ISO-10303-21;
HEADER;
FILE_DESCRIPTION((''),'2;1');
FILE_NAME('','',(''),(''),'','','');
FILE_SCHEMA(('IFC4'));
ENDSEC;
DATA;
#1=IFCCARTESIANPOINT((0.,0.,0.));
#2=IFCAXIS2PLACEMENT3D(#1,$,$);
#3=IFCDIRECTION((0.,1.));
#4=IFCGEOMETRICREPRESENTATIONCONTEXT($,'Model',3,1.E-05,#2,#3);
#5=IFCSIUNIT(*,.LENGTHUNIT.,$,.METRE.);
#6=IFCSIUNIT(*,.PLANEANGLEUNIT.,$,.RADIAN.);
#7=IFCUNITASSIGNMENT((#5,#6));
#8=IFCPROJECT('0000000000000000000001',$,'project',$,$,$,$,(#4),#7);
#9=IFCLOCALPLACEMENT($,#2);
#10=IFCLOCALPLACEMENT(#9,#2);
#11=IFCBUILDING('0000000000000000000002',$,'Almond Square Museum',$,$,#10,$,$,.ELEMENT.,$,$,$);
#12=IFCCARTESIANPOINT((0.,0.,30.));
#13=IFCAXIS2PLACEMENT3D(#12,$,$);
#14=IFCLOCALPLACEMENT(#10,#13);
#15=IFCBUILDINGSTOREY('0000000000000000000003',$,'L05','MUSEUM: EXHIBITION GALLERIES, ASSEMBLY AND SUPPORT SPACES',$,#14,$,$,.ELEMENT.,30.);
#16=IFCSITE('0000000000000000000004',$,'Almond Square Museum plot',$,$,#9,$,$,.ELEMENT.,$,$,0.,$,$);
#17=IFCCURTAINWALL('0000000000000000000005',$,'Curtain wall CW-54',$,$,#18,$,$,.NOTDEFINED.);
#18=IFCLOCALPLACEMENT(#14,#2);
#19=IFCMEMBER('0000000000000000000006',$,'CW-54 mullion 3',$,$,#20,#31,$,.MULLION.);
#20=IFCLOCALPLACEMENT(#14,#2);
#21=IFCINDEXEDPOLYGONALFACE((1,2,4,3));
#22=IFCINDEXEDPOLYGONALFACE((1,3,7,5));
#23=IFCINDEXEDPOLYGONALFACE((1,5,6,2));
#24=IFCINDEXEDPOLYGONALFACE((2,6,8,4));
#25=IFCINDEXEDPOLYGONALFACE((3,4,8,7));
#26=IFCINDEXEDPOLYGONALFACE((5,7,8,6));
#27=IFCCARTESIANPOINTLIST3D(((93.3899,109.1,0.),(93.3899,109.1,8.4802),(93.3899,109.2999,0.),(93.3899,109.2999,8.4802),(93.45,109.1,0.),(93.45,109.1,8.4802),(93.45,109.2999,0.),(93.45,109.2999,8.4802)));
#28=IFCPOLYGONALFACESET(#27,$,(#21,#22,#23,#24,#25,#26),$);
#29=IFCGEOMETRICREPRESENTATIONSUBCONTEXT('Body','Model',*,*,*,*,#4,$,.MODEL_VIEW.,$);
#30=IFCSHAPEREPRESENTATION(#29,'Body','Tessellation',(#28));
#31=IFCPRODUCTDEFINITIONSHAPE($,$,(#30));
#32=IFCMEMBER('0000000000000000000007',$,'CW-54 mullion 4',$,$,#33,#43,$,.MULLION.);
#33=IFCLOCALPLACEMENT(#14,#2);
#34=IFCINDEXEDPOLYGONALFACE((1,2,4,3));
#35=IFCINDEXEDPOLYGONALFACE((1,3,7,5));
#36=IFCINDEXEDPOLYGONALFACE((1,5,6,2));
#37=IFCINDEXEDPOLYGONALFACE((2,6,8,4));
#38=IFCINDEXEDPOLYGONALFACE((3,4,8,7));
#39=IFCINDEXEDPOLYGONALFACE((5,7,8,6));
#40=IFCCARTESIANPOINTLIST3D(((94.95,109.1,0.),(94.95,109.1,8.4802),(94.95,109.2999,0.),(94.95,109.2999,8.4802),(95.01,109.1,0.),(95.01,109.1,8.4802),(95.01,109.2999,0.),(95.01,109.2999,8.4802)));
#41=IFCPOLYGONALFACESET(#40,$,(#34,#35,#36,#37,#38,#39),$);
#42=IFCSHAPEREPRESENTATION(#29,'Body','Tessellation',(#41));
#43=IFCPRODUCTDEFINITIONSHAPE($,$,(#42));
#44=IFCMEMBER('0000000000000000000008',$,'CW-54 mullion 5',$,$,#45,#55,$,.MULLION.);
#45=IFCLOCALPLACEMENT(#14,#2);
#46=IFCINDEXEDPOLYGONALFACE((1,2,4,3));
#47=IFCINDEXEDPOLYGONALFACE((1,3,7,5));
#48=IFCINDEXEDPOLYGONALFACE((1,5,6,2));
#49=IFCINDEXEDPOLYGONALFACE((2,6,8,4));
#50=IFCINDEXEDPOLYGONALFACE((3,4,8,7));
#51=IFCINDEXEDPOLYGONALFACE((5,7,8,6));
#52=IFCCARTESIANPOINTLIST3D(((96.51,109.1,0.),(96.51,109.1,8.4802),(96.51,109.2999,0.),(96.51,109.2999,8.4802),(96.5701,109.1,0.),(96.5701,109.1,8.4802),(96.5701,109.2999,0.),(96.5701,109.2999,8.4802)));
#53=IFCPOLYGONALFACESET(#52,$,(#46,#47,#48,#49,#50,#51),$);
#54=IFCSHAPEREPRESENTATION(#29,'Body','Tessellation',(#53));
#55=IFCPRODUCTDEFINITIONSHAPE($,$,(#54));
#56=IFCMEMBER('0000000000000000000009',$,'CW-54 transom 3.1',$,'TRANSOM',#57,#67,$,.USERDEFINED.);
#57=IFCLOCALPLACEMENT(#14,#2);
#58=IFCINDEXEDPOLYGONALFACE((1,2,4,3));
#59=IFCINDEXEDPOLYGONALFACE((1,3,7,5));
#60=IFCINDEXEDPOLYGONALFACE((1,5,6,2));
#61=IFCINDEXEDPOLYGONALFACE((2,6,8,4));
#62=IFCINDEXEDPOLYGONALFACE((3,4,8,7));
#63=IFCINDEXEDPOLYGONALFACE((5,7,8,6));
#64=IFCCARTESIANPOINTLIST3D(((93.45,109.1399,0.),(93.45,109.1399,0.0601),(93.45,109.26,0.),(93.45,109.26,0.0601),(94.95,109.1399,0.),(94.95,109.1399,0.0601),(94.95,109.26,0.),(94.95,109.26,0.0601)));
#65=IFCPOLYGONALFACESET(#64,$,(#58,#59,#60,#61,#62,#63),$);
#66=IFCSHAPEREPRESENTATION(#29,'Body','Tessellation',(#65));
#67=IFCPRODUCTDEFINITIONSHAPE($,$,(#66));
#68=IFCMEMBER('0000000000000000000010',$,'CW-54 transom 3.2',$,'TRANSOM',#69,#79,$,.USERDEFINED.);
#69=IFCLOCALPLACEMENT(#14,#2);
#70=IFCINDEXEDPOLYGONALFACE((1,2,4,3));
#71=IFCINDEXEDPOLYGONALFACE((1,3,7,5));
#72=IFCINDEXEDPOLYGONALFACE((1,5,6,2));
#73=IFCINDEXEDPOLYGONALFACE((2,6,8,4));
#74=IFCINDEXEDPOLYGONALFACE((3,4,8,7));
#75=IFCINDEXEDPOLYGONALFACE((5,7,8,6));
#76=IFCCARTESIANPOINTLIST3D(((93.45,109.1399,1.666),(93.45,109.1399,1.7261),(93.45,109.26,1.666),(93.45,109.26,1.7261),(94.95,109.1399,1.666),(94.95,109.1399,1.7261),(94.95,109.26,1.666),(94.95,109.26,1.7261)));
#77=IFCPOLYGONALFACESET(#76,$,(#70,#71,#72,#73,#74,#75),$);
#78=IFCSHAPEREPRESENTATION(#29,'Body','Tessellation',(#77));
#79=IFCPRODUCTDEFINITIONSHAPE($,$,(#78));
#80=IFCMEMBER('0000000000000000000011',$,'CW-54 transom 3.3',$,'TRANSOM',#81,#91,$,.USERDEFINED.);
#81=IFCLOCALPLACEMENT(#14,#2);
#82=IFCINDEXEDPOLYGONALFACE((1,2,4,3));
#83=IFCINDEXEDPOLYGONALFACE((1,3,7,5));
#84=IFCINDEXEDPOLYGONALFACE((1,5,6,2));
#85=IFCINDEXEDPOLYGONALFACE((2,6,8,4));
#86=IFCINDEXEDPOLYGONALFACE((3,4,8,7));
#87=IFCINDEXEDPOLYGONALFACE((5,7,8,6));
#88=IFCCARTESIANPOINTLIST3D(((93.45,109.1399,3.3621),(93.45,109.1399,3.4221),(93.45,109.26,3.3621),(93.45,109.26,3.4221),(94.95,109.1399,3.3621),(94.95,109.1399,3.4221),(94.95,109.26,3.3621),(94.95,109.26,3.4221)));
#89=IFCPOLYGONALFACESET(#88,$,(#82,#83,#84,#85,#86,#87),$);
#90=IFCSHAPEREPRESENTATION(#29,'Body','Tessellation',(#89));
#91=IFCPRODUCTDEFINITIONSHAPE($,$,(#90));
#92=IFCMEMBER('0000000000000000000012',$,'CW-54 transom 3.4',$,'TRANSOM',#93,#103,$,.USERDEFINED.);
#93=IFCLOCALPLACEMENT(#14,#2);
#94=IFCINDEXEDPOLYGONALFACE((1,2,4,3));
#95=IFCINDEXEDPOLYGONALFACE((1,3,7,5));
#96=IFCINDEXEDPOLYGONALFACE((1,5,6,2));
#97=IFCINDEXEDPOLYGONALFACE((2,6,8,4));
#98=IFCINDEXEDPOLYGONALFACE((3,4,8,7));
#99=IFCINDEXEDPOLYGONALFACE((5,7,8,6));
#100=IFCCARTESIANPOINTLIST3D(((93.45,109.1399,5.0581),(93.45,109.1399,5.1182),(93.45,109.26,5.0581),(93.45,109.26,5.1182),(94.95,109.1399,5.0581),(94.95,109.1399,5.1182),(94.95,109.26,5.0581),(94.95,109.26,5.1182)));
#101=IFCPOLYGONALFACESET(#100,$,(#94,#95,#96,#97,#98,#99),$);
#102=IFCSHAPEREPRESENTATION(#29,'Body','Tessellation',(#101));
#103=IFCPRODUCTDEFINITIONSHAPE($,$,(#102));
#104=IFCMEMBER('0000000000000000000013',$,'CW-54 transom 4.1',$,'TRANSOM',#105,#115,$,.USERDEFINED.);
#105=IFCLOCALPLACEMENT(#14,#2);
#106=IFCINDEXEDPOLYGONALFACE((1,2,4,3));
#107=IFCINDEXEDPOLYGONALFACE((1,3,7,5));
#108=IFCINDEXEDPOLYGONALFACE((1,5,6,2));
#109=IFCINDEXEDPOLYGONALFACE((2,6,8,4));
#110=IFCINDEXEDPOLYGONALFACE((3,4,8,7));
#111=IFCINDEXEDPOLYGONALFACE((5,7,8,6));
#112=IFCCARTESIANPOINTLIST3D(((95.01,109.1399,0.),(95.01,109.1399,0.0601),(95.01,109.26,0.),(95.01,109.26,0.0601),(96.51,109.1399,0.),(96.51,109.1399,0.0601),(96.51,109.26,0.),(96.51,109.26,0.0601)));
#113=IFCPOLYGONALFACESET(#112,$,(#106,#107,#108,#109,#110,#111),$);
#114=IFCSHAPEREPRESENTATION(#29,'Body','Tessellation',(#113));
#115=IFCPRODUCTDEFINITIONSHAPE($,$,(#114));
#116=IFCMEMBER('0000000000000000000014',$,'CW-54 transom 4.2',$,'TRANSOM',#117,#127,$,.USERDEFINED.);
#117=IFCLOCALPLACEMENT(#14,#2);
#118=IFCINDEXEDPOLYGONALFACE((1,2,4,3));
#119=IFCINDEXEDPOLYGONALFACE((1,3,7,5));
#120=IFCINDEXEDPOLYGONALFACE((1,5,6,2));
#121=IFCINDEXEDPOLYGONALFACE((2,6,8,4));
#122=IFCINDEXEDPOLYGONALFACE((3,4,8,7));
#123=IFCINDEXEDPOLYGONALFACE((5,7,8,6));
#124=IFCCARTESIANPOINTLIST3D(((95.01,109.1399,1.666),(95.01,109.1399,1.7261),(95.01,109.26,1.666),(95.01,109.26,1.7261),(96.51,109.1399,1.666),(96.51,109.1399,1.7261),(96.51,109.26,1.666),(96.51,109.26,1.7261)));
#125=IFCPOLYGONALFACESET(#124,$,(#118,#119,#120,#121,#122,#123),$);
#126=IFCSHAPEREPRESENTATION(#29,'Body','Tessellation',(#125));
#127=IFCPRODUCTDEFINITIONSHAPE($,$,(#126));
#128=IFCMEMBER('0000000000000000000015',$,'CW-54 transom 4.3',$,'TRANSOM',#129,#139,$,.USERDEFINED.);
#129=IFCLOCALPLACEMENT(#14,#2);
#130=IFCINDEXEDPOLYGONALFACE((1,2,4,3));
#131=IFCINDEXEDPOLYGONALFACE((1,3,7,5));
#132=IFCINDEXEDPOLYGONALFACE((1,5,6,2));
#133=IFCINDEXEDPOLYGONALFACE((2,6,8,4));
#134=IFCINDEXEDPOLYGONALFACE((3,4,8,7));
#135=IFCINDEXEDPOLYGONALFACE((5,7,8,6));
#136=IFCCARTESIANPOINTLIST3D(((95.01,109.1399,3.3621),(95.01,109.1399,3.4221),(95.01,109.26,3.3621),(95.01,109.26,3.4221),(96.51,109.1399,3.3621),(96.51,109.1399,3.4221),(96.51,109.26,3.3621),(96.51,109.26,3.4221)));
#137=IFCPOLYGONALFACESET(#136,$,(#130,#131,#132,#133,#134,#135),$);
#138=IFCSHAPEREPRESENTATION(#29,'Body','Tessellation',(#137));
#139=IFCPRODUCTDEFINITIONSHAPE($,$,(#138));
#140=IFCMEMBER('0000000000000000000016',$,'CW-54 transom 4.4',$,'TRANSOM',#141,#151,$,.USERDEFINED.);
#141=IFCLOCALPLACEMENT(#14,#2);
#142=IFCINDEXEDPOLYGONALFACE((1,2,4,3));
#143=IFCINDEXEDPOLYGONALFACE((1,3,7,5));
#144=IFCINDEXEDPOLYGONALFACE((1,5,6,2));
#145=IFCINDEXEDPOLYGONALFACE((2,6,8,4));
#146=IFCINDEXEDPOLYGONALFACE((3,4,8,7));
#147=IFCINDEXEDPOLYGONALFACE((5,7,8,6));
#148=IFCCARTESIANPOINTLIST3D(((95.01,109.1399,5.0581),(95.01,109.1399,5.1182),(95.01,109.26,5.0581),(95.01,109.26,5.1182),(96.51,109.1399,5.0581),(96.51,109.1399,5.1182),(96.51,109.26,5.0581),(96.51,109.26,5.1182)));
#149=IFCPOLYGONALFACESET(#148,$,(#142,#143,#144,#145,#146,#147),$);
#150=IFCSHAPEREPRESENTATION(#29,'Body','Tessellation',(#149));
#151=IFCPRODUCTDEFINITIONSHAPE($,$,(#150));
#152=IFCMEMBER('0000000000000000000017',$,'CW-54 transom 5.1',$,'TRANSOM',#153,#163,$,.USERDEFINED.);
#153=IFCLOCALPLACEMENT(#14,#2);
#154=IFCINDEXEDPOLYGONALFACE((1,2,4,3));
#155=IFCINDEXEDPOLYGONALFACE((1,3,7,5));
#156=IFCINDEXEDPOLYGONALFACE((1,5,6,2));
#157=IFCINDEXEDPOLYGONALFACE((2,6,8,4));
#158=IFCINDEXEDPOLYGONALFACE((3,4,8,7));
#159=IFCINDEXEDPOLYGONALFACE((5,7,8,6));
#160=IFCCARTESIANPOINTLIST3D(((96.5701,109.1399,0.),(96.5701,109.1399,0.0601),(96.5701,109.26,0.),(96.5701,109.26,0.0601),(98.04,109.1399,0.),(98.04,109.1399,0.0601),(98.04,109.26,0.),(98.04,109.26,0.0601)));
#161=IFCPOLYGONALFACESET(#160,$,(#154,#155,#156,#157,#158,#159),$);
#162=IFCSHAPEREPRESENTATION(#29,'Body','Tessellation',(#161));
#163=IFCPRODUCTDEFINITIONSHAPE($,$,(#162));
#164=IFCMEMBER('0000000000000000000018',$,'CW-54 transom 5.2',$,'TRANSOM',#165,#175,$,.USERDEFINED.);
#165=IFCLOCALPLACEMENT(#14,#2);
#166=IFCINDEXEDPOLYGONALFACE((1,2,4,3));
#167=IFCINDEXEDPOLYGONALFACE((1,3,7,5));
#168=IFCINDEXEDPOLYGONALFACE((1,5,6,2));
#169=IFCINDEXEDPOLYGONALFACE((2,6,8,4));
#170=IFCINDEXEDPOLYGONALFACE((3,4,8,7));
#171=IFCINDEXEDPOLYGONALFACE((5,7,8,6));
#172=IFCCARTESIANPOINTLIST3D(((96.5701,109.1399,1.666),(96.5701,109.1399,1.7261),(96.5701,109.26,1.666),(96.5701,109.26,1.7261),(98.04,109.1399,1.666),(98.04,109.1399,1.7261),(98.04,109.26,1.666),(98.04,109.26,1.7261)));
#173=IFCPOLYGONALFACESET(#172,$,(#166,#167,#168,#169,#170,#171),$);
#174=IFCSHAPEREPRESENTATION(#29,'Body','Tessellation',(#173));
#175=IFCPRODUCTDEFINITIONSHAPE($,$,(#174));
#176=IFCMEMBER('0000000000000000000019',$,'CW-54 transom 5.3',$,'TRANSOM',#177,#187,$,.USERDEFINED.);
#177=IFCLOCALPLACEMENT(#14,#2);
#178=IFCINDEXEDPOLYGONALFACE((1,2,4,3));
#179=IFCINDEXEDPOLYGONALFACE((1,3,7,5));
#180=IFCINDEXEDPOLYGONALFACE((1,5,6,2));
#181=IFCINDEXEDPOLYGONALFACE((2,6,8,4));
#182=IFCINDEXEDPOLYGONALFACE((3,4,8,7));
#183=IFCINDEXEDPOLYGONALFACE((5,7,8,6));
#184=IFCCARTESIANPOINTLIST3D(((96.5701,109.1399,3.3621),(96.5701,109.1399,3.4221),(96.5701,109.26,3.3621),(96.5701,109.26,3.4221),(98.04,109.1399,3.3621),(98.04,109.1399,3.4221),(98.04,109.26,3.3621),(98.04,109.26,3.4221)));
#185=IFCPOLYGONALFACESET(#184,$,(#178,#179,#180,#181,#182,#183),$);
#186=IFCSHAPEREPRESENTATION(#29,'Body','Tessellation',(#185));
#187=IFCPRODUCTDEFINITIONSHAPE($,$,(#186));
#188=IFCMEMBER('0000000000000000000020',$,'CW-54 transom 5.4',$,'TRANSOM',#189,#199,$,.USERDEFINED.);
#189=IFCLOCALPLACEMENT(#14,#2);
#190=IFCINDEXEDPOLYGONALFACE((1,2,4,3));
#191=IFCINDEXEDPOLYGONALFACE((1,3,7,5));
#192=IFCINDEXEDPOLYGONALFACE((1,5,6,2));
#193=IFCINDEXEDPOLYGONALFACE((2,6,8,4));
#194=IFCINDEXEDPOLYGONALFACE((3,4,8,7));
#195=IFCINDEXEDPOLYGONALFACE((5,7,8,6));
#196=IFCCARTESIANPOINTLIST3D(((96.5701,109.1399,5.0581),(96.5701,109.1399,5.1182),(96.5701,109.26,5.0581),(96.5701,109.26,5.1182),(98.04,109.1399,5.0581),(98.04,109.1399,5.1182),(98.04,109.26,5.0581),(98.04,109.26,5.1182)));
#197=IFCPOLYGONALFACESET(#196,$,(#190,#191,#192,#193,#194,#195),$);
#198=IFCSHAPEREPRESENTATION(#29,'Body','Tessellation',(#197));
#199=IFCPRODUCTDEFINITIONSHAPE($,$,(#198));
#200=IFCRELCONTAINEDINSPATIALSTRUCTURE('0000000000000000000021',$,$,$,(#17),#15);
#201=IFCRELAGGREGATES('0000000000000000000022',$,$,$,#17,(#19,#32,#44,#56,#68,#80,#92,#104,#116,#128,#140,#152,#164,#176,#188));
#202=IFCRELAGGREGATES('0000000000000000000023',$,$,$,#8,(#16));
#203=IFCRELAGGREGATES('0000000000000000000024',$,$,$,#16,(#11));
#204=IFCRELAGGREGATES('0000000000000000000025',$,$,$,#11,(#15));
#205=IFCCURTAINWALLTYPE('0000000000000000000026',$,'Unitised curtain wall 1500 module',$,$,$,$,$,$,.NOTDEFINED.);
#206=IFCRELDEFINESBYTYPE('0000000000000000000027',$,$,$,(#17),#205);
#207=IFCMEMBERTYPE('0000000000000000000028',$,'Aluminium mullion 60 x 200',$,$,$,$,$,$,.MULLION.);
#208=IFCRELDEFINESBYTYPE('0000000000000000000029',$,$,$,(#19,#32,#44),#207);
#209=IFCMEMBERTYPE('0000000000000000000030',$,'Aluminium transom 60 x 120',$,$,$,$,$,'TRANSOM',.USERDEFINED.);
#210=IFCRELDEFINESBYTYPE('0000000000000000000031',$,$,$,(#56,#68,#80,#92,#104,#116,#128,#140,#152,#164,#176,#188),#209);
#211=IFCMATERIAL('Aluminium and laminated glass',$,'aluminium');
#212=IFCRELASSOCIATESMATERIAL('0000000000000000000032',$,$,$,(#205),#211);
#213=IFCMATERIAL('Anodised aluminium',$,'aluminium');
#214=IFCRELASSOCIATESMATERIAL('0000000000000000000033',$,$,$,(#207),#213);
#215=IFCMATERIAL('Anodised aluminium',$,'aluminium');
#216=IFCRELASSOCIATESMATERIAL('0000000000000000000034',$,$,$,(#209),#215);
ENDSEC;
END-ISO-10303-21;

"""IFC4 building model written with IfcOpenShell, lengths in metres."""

from ifc_helpers import new_model, si_unit, direction, frame, origin, origin_2d, place, context, subcontext, project, spatial, rectangle, extrude, material, material_profile, profile_set, type_object, element, aggregate, save


model = new_model("IFC4")

# Units and contexts
model_context = context("Model", 3, precision=1e-05, world=origin(), true_north=direction((0.0, 1.0)))
body_context = subcontext(model_context, "Body", "Model", "MODEL_VIEW")
ifc_project = project(units=[si_unit("LENGTHUNIT", "METRE"), si_unit("PLANEANGLEUNIT", "RADIAN")], contexts=[model_context])

# Site, building, storey
site_placement = place(None, origin())
site = spatial("IfcSite", under=ifc_project, at=site_placement, Name="Almond Square Museum plot", CompositionType="ELEMENT", RefElevation=0.0)
building_placement = place(site_placement, origin())
building = spatial("IfcBuilding", under=site, at=building_placement, Name="Almond Square Museum", CompositionType="ELEMENT")
storey_placement = place(building_placement, frame((0.0, 0.0, 30.0)))
storey = spatial("IfcBuildingStorey", under=building, at=storey_placement, Name="L05", Description="MUSEUM: EXHIBITION GALLERIES, ASSEMBLY AND SUPPORT SPACES", CompositionType="ELEMENT", Elevation=30.0)

# Curtain wall, members
ifc_material_1 = material(Name="Aluminium and laminated glass", Category="aluminium")
curtain_wall_type = type_object("IfcCurtainWallType", Name="Unitised curtain wall 1500 module", PredefinedType="NOTDEFINED", material=ifc_material_1)
curtain_wall_placement = place(storey_placement, origin())
curtain_wall = element("IfcCurtainWall", 1, at=curtain_wall_placement, inside=storey, type_object=curtain_wall_type, Name="Curtain wall CW-54", PredefinedType="NOTDEFINED")
ifc_material_2 = material(Name="Anodised aluminium", Category="aluminium")
ifc_material_profile_1 = material_profile(ifc_material_2, rectangle(XDim=0.2, YDim=0.0601, at=origin_2d()))
ifc_profile_set_1 = profile_set([ifc_material_profile_1], Name="Anodised aluminium")
member_type_1 = type_object("IfcMemberType", Name="Aluminium mullion 60 x 200", PredefinedType="MULLION", material=ifc_profile_set_1)
member_1_placement = place(storey_placement, frame((93.4199, 109.2, 0.0), z_axis=(0.0, 0.0, 1.0), x_axis=(0.0, 1.0, 0.0)))
member_1 = element("IfcMember", 2, at=member_1_placement, type_object=member_type_1, Name="CW-54 mullion 3", PredefinedType="MULLION", context=body_context, shape_type="SweptSolid", body=[
    extrude(rectangle(XDim=0.2, YDim=0.0601, at=origin_2d()), origin(), (0.0, 0.0, 1.0), 8.4802),
])
member_2_placement = place(storey_placement, frame((94.98, 109.2, 0.0), z_axis=(0.0, 0.0, 1.0), x_axis=(0.0, 1.0, 0.0)))
member_2 = element("IfcMember", 3, at=member_2_placement, type_object=member_type_1, Name="CW-54 mullion 4", PredefinedType="MULLION", context=body_context, shape_type="SweptSolid", body=[
    extrude(rectangle(XDim=0.2, YDim=0.0601, at=origin_2d()), origin(), (0.0, 0.0, 1.0), 8.4802),
])
member_3_placement = place(storey_placement, frame((96.54, 109.2, 0.0), z_axis=(0.0, 0.0, 1.0), x_axis=(0.0, 1.0, 0.0)))
member_3 = element("IfcMember", 4, at=member_3_placement, type_object=member_type_1, Name="CW-54 mullion 5", PredefinedType="MULLION", context=body_context, shape_type="SweptSolid", body=[
    extrude(rectangle(XDim=0.2, YDim=0.0601, at=origin_2d()), origin(), (0.0, 0.0, 1.0), 8.4802),
])
ifc_material_3 = material(Name="Anodised aluminium", Category="aluminium")
ifc_material_profile_2 = material_profile(ifc_material_3, rectangle(XDim=0.1201, YDim=0.0601, at=origin_2d()))
ifc_profile_set_2 = profile_set([ifc_material_profile_2], Name="Anodised aluminium")
member_type_2 = type_object("IfcMemberType", Name="Aluminium transom 60 x 120", ElementType="TRANSOM", PredefinedType="USERDEFINED", material=ifc_profile_set_2)
member_4_placement = place(storey_placement, frame((93.45, 109.2, 0.03), z_axis=(1.0, 0.0, 0.0), x_axis=(0.0, 1.0, 0.0)))
member_4 = element("IfcMember", 5, at=member_4_placement, type_object=member_type_2, Name="CW-54 transom 3.1", ObjectType="TRANSOM", PredefinedType="USERDEFINED", context=body_context, shape_type="SweptSolid", body=[
    extrude(rectangle(XDim=0.1201, YDim=0.0601, at=origin_2d()), origin(), (0.0, 0.0, 1.0), 1.5),
])
member_5_placement = place(storey_placement, frame((93.45, 109.2, 1.696), z_axis=(1.0, 0.0, 0.0), x_axis=(0.0, 1.0, 0.0)))
member_5 = element("IfcMember", 6, at=member_5_placement, type_object=member_type_2, Name="CW-54 transom 3.2", ObjectType="TRANSOM", PredefinedType="USERDEFINED", context=body_context, shape_type="SweptSolid", body=[
    extrude(rectangle(XDim=0.1201, YDim=0.0601, at=origin_2d()), origin(), (0.0, 0.0, 1.0), 1.5),
])
member_6_placement = place(storey_placement, frame((93.45, 109.2, 3.3921), z_axis=(1.0, 0.0, 0.0), x_axis=(0.0, 1.0, 0.0)))
member_6 = element("IfcMember", 7, at=member_6_placement, type_object=member_type_2, Name="CW-54 transom 3.3", ObjectType="TRANSOM", PredefinedType="USERDEFINED", context=body_context, shape_type="SweptSolid", body=[
    extrude(rectangle(XDim=0.1201, YDim=0.0601, at=origin_2d()), origin(), (0.0, 0.0, 1.0), 1.5),
])
member_7_placement = place(storey_placement, frame((93.45, 109.2, 5.0881), z_axis=(1.0, 0.0, 0.0), x_axis=(0.0, 1.0, 0.0)))
member_7 = element("IfcMember", 8, at=member_7_placement, type_object=member_type_2, Name="CW-54 transom 3.4", ObjectType="TRANSOM", PredefinedType="USERDEFINED", context=body_context, shape_type="SweptSolid", body=[
    extrude(rectangle(XDim=0.1201, YDim=0.0601, at=origin_2d()), origin(), (0.0, 0.0, 1.0), 1.5),
])
member_8_placement = place(storey_placement, frame((95.01, 109.2, 0.03), z_axis=(1.0, 0.0, 0.0), x_axis=(0.0, 1.0, 0.0)))
member_8 = element("IfcMember", 9, at=member_8_placement, type_object=member_type_2, Name="CW-54 transom 4.1", ObjectType="TRANSOM", PredefinedType="USERDEFINED", context=body_context, shape_type="SweptSolid", body=[
    extrude(rectangle(XDim=0.1201, YDim=0.0601, at=origin_2d()), origin(), (0.0, 0.0, 1.0), 1.5),
])
member_9_placement = place(storey_placement, frame((95.01, 109.2, 1.696), z_axis=(1.0, 0.0, 0.0), x_axis=(0.0, 1.0, 0.0)))
member_9 = element("IfcMember", 10, at=member_9_placement, type_object=member_type_2, Name="CW-54 transom 4.2", ObjectType="TRANSOM", PredefinedType="USERDEFINED", context=body_context, shape_type="SweptSolid", body=[
    extrude(rectangle(XDim=0.1201, YDim=0.0601, at=origin_2d()), origin(), (0.0, 0.0, 1.0), 1.5),
])
member_10_placement = place(storey_placement, frame((95.01, 109.2, 3.3921), z_axis=(1.0, 0.0, 0.0), x_axis=(0.0, 1.0, 0.0)))
member_10 = element("IfcMember", 11, at=member_10_placement, type_object=member_type_2, Name="CW-54 transom 4.3", ObjectType="TRANSOM", PredefinedType="USERDEFINED", context=body_context, shape_type="SweptSolid", body=[
    extrude(rectangle(XDim=0.1201, YDim=0.0601, at=origin_2d()), origin(), (0.0, 0.0, 1.0), 1.5),
])
member_11_placement = place(storey_placement, frame((95.01, 109.2, 5.0881), z_axis=(1.0, 0.0, 0.0), x_axis=(0.0, 1.0, 0.0)))
member_11 = element("IfcMember", 12, at=member_11_placement, type_object=member_type_2, Name="CW-54 transom 4.4", ObjectType="TRANSOM", PredefinedType="USERDEFINED", context=body_context, shape_type="SweptSolid", body=[
    extrude(rectangle(XDim=0.1201, YDim=0.0601, at=origin_2d()), origin(), (0.0, 0.0, 1.0), 1.5),
])
member_12_placement = place(storey_placement, frame((96.5701, 109.2, 0.03), z_axis=(1.0, 0.0, 0.0), x_axis=(0.0, 1.0, 0.0)))
member_12 = element("IfcMember", 13, at=member_12_placement, type_object=member_type_2, Name="CW-54 transom 5.1", ObjectType="TRANSOM", PredefinedType="USERDEFINED", context=body_context, shape_type="SweptSolid", body=[
    extrude(rectangle(XDim=0.1201, YDim=0.0601, at=origin_2d()), origin(), (0.0, 0.0, 1.0), 1.47),
])
member_13_placement = place(storey_placement, frame((96.5701, 109.2, 1.696), z_axis=(1.0, 0.0, 0.0), x_axis=(0.0, 1.0, 0.0)))
member_13 = element("IfcMember", 14, at=member_13_placement, type_object=member_type_2, Name="CW-54 transom 5.2", ObjectType="TRANSOM", PredefinedType="USERDEFINED", context=body_context, shape_type="SweptSolid", body=[
    extrude(rectangle(XDim=0.1201, YDim=0.0601, at=origin_2d()), origin(), (0.0, 0.0, 1.0), 1.47),
])
member_14_placement = place(storey_placement, frame((96.5701, 109.2, 3.3921), z_axis=(1.0, 0.0, 0.0), x_axis=(0.0, 1.0, 0.0)))
member_14 = element("IfcMember", 15, at=member_14_placement, type_object=member_type_2, Name="CW-54 transom 5.3", ObjectType="TRANSOM", PredefinedType="USERDEFINED", context=body_context, shape_type="SweptSolid", body=[
    extrude(rectangle(XDim=0.1201, YDim=0.0601, at=origin_2d()), origin(), (0.0, 0.0, 1.0), 1.47),
])
member_15_placement = place(storey_placement, frame((96.5701, 109.2, 5.0881), z_axis=(1.0, 0.0, 0.0), x_axis=(0.0, 1.0, 0.0)))
member_15 = element("IfcMember", 16, at=member_15_placement, type_object=member_type_2, Name="CW-54 transom 5.4", ObjectType="TRANSOM", PredefinedType="USERDEFINED", context=body_context, shape_type="SweptSolid", body=[
    extrude(rectangle(XDim=0.1201, YDim=0.0601, at=origin_2d()), origin(), (0.0, 0.0, 1.0), 1.47),
])
aggregate(curtain_wall, [member_1, member_2, member_3, member_4, member_5, member_6, member_7, member_8, member_9, member_10, member_11, member_12, member_13, member_14, member_15])

save(model, "model.ifc")
